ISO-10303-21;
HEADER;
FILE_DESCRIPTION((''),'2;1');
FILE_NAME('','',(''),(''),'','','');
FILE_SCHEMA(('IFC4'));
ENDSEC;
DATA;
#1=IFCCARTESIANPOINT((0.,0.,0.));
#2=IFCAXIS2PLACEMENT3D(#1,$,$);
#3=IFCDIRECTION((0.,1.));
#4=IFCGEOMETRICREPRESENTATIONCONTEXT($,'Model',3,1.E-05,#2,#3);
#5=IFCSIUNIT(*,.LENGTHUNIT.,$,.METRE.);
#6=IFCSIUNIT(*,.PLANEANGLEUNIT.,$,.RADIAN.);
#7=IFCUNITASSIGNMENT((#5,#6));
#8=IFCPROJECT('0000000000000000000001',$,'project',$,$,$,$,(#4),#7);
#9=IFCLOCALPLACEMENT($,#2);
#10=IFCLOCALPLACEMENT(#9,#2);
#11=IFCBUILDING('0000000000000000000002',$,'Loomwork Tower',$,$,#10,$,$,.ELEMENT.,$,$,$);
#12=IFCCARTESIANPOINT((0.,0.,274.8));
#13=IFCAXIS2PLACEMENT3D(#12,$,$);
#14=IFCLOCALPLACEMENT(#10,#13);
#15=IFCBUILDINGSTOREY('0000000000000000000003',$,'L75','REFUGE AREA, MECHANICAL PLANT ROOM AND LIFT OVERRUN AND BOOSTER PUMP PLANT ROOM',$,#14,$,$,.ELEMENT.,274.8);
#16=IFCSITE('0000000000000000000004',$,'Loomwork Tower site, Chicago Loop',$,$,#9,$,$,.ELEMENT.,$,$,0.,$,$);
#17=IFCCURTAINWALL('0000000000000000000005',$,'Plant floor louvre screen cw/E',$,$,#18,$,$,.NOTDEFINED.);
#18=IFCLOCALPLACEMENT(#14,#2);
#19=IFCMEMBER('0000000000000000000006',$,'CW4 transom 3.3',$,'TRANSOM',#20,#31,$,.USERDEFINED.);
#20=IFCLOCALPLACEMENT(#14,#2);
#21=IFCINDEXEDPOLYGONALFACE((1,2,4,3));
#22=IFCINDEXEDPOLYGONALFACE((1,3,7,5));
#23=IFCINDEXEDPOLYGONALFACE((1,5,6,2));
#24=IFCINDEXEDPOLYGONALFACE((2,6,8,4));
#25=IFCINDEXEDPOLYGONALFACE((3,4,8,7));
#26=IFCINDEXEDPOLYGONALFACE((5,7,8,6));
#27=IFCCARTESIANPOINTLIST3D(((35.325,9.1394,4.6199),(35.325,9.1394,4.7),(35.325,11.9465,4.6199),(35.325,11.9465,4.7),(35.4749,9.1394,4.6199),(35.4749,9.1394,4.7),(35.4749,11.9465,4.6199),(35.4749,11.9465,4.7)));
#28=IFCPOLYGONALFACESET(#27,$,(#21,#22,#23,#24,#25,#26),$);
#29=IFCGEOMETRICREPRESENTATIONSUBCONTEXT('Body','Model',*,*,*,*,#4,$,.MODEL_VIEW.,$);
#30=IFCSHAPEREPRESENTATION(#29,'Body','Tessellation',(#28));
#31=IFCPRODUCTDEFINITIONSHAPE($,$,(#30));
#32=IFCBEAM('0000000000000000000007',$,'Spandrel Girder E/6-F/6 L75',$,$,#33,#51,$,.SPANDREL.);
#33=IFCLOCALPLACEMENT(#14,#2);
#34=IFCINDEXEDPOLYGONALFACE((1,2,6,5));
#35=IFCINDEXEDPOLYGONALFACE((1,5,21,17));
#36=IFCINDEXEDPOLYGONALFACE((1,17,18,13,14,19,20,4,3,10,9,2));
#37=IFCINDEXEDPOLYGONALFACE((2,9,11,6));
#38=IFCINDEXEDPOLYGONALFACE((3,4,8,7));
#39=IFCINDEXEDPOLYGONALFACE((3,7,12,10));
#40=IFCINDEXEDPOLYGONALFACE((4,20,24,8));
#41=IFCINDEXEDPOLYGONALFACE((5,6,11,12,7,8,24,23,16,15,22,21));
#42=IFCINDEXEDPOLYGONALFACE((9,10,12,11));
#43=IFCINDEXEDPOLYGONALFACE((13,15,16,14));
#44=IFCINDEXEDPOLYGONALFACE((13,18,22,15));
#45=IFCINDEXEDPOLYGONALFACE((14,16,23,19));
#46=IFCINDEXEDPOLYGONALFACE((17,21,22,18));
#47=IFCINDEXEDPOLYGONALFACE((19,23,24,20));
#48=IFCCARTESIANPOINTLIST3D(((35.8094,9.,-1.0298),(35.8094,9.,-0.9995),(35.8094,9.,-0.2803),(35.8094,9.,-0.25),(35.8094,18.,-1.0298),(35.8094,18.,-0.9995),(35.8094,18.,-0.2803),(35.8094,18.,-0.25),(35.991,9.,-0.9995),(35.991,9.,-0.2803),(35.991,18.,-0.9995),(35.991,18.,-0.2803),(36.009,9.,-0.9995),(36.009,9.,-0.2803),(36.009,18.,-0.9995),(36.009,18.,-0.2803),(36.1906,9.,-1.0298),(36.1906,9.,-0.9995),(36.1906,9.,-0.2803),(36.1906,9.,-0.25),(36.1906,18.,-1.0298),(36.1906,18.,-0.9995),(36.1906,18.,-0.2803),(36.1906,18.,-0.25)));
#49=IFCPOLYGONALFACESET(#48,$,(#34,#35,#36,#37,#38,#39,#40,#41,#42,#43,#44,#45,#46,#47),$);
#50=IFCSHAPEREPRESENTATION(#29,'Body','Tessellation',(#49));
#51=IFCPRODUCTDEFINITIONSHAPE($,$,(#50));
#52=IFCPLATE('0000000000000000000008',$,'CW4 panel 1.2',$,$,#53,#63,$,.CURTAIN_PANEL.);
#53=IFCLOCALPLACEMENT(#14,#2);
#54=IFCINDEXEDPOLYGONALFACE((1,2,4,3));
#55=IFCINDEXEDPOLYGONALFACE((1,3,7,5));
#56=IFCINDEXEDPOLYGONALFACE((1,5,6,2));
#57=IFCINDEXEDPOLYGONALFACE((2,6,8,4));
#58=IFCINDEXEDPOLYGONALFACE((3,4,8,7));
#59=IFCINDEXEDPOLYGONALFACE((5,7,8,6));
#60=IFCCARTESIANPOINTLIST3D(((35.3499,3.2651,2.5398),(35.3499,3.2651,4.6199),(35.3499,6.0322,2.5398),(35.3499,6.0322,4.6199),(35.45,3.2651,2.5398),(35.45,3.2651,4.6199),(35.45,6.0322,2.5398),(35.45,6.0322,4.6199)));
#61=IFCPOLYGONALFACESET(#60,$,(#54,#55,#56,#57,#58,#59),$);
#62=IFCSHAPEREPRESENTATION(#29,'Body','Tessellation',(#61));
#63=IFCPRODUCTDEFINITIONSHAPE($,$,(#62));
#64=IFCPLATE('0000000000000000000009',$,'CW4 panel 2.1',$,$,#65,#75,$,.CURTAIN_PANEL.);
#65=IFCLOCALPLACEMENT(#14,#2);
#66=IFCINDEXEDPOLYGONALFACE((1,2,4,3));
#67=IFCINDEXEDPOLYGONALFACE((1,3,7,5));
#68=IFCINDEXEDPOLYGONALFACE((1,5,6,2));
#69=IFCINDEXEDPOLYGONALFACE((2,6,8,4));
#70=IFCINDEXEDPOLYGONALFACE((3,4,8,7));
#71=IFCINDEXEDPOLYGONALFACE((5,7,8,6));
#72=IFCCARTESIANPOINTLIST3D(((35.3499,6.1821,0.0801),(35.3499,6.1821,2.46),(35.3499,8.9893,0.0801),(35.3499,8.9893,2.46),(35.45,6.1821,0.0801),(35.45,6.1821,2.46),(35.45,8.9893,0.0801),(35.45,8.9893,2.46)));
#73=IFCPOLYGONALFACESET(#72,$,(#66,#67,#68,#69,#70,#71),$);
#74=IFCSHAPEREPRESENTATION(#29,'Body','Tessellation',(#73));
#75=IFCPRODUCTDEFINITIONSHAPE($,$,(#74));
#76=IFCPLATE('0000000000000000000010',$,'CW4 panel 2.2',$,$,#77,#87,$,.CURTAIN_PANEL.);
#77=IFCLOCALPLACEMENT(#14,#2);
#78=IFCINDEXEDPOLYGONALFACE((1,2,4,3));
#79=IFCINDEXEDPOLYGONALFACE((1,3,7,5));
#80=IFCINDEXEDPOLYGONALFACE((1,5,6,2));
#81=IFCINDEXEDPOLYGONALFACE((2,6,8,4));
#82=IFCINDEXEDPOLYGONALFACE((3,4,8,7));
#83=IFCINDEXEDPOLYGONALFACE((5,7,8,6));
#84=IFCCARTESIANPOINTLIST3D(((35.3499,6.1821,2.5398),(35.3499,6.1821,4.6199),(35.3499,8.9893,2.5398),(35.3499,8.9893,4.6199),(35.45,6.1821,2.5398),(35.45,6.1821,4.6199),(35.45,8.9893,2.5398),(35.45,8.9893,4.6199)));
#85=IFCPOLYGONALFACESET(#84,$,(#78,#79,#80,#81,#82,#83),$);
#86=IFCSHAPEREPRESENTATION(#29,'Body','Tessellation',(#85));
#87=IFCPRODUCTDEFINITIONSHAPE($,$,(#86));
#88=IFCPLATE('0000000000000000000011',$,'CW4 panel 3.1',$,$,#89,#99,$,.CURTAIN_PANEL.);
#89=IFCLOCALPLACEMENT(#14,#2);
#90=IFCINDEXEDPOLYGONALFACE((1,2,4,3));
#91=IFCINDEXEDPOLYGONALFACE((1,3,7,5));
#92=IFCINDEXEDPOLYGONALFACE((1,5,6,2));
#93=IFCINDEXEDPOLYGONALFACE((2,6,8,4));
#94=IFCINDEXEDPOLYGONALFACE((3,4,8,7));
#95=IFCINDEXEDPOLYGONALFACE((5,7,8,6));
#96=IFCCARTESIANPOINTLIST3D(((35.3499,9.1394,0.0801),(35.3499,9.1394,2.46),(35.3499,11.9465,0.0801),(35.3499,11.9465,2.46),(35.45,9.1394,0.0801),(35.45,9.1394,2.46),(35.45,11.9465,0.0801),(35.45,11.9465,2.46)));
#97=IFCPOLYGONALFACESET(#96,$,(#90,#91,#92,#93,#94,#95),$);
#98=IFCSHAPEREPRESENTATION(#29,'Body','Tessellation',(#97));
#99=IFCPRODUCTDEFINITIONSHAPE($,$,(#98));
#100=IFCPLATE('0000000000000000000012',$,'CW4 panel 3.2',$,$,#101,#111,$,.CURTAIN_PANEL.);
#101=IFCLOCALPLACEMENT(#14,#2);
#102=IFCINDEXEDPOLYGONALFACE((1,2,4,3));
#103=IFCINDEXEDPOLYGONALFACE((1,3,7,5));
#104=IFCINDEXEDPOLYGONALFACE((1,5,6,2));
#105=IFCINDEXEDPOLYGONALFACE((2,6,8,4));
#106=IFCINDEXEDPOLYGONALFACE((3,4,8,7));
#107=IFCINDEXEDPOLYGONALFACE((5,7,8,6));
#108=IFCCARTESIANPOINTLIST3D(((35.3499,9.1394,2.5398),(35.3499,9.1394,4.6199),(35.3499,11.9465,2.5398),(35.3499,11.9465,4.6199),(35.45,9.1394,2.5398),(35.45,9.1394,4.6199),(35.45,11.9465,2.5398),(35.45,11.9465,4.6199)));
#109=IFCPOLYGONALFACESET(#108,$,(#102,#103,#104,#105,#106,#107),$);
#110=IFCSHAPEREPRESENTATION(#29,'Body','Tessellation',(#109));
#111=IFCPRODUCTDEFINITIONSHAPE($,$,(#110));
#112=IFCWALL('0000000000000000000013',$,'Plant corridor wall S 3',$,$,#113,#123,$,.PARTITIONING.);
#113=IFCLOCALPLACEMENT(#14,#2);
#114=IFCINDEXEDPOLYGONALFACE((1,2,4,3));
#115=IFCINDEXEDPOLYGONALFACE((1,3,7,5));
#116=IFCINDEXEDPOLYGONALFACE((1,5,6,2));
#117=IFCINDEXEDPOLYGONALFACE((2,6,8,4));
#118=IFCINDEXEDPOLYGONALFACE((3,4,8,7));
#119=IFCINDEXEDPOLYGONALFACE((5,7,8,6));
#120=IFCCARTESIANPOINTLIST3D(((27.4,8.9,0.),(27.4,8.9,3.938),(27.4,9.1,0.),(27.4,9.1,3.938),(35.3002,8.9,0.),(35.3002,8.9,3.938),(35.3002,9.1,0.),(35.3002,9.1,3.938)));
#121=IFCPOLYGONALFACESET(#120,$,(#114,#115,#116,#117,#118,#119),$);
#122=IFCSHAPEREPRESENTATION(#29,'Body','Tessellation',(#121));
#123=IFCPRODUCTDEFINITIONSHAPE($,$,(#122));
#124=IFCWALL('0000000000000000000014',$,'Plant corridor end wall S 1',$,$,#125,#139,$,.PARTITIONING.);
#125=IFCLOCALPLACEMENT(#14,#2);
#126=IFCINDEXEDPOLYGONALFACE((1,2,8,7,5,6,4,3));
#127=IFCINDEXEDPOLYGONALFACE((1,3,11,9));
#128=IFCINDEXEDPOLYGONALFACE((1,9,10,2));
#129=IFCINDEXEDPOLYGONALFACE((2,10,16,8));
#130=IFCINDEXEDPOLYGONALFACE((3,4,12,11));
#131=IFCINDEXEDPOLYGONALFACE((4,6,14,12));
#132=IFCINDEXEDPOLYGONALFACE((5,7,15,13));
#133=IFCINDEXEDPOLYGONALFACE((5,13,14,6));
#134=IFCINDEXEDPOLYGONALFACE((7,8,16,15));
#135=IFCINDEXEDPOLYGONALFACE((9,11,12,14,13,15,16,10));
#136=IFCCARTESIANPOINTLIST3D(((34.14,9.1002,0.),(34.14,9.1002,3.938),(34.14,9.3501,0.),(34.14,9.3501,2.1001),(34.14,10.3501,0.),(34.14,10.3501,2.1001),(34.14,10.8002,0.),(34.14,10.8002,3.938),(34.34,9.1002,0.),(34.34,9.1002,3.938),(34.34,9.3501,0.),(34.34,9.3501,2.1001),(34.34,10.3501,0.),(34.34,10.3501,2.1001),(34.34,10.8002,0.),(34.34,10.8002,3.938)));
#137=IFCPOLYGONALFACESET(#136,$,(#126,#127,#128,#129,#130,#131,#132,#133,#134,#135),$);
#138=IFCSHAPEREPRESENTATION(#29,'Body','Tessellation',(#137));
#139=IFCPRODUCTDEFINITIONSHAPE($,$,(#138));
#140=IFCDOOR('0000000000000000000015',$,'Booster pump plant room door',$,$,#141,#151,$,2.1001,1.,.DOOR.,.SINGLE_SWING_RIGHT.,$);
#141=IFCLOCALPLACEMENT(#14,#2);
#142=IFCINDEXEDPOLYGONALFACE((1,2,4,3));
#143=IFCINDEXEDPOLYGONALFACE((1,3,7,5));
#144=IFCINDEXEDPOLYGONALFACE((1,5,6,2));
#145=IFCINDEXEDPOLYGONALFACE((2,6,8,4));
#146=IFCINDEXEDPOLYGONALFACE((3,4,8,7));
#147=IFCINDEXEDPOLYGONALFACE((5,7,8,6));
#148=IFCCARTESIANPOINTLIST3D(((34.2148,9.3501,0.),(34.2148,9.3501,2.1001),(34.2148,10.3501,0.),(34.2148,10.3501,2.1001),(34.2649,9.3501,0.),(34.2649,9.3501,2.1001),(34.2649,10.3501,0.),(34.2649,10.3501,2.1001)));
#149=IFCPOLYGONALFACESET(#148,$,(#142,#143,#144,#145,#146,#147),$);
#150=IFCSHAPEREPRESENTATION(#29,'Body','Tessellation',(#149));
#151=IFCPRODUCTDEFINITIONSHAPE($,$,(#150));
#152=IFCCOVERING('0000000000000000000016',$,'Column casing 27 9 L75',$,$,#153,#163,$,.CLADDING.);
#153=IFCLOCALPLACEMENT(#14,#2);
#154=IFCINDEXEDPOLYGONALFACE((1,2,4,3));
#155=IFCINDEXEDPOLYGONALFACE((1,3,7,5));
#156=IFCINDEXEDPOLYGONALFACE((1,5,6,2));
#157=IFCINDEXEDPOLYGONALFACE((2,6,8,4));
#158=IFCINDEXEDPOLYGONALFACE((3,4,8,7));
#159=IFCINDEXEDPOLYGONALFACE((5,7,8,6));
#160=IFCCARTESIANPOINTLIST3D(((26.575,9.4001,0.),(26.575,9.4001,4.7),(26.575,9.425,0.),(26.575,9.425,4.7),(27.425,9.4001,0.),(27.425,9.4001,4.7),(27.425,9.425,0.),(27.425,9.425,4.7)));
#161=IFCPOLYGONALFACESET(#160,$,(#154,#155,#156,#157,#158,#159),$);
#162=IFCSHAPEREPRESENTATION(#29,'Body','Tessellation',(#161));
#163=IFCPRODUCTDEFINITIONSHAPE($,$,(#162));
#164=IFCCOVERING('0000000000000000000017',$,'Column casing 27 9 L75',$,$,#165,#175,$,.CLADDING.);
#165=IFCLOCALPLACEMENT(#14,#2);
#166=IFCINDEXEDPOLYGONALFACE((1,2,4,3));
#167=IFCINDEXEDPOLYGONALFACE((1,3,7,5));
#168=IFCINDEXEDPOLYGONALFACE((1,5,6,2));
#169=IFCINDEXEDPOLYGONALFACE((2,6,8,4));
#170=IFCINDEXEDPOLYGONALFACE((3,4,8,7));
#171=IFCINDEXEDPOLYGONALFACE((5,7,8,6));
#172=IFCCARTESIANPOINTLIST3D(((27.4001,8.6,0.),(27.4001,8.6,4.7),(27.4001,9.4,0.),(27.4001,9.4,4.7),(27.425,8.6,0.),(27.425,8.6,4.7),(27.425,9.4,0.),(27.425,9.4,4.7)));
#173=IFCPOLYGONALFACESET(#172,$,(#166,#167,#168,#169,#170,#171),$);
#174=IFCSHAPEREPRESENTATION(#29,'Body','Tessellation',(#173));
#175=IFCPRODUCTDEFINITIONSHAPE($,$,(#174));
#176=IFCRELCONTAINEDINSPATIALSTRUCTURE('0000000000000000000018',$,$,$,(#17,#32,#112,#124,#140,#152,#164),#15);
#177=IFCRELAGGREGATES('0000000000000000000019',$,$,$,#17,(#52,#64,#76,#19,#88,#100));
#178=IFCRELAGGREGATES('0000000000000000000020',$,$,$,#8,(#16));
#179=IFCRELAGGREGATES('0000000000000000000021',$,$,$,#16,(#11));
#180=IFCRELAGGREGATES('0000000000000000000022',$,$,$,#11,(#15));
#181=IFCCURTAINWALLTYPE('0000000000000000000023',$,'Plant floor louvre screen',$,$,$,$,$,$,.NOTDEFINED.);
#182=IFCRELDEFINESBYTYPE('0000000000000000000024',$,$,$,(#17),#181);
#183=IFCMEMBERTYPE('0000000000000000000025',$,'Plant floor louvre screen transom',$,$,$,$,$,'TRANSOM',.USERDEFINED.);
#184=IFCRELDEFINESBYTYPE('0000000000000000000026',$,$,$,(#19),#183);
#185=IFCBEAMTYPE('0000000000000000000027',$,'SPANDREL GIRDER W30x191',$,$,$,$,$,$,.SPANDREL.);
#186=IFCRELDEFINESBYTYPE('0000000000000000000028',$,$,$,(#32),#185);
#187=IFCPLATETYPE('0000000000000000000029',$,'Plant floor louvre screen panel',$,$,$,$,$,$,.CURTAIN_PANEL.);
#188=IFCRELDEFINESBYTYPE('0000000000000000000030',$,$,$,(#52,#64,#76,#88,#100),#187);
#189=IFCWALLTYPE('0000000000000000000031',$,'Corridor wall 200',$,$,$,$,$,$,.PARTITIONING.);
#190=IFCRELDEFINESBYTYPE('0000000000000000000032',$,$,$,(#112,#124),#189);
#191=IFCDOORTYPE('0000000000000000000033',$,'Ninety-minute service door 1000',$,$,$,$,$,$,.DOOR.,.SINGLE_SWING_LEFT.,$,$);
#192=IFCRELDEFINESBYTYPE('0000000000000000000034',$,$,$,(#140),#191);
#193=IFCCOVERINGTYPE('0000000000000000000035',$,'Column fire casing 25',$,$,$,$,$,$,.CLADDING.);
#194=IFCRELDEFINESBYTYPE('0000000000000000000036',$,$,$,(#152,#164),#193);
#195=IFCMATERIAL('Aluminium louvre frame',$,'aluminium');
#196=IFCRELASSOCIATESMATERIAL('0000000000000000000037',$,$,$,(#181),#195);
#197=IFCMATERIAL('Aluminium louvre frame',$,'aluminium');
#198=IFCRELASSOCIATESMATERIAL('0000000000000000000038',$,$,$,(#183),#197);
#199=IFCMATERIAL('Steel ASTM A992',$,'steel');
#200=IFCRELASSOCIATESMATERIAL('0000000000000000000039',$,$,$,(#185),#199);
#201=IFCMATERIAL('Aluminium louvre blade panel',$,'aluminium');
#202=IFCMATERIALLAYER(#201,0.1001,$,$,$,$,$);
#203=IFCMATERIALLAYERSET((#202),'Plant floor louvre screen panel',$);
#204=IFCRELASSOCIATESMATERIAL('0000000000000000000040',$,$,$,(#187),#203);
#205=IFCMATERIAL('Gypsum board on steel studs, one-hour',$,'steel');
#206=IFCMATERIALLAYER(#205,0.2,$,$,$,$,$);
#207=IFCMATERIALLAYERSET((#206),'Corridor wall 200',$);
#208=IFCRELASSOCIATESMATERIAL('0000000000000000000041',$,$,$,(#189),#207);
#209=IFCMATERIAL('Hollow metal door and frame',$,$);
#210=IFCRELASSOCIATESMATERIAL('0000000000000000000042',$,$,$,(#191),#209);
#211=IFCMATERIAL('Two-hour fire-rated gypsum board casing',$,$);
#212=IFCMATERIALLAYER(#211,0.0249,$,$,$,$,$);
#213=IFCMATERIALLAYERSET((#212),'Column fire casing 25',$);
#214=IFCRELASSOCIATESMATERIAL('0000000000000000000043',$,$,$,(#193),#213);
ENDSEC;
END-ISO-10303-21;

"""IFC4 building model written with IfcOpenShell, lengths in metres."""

from ifc_helpers import new_model, si_unit, direction, frame, frame_2d, origin, origin_2d, place, context, subcontext, project, spatial, rectangle, i_section, extrude, material, layer, layer_set, material_profile, profile_set, type_object, element, fill, aggregate, save


model = new_model("IFC4")

# Units and contexts
model_context = context("Model", 3, precision=1e-05, world=origin(), true_north=direction((0.0, 1.0)))
body_context = subcontext(model_context, "Body", "Model", "MODEL_VIEW")
ifc_project = project(units=[si_unit("LENGTHUNIT", "METRE"), si_unit("PLANEANGLEUNIT", "RADIAN")], contexts=[model_context])

# Site, building, storey
site_placement = place(None, origin())
site = spatial("IfcSite", under=ifc_project, at=site_placement, Name="Loomwork Tower site, Chicago Loop", CompositionType="ELEMENT", RefElevation=0.0)
building_placement = place(site_placement, origin())
building = spatial("IfcBuilding", under=site, at=building_placement, Name="Loomwork Tower", CompositionType="ELEMENT")
storey_placement = place(building_placement, frame((0.0, 0.0, 274.8)))
storey = spatial("IfcBuildingStorey", under=building, at=storey_placement, Name="L75", Description="REFUGE AREA, MECHANICAL PLANT ROOM AND LIFT OVERRUN AND BOOSTER PUMP PLANT ROOM", CompositionType="ELEMENT", Elevation=274.8)

# Curtain wall, member
ifc_material_1 = material(Name="Aluminium louvre frame", Category="aluminium")
curtain_wall_type = type_object("IfcCurtainWallType", Name="Plant floor louvre screen", PredefinedType="NOTDEFINED", material=ifc_material_1)
curtain_wall_placement = place(storey_placement, origin())
curtain_wall = element("IfcCurtainWall", 1, at=curtain_wall_placement, inside=storey, type_object=curtain_wall_type, Name="Plant floor louvre screen cw/E", PredefinedType="NOTDEFINED")
ifc_material_2 = material(Name="Aluminium louvre frame", Category="aluminium")
ifc_material_profile_1 = material_profile(ifc_material_2, rectangle(XDim=0.1499, YDim=0.0801, at=origin_2d()), Name="AL 80x150")
ifc_profile_set_1 = profile_set([ifc_material_profile_1], Name="Aluminium louvre frame")
member_type_1 = type_object("IfcMemberType", Name="Plant floor louvre screen transom", ElementType="TRANSOM", PredefinedType="USERDEFINED", material=ifc_profile_set_1)
member_1_placement = place(storey_placement, frame((35.3999, 9.1394, 4.6599), z_axis=(0.0, 1.0, 0.0), x_axis=(-1.0, 0.0, 0.0)))
member_1 = element("IfcMember", 2, at=member_1_placement, type_object=member_type_1, Name="CW4 transom 3.3", ObjectType="TRANSOM", PredefinedType="USERDEFINED", context=body_context, shape_type="SweptSolid", body=[
    extrude(rectangle(XDim=0.1499, YDim=0.0801, at=origin_2d()), origin(), (0.0, 0.0, 1.0), 2.8071),
])

# Beam
ifc_material_3 = material(Name="Steel ASTM A992", Category="steel")
ifc_material_profile_2 = material_profile(ifc_material_3, i_section(OverallWidth=0.3811, OverallDepth=0.7798, WebThickness=0.0181, FlangeThickness=0.0303, at=origin_2d()), Name="W30x191")
ifc_profile_set_2 = profile_set([ifc_material_profile_2], Name="Steel ASTM A992")
beam_type_1 = type_object("IfcBeamType", Name="SPANDREL GIRDER W30x191", PredefinedType="SPANDREL", material=ifc_profile_set_2)
beam_1_placement = place(storey_placement, frame((36.0, 9.0, -0.6399), z_axis=(0.0, 1.0, 0.0), x_axis=(-1.0, 0.0, 0.0)))
element("IfcBeam", 3, at=beam_1_placement, inside=storey, type_object=beam_type_1, Name="Spandrel Girder E/6-F/6 L75", PredefinedType="SPANDREL", context=body_context, shape_type="SweptSolid", body=[
    extrude(i_section(OverallWidth=0.3811, OverallDepth=0.7798, WebThickness=0.0181, FlangeThickness=0.0303, at=origin_2d()), origin(), (0.0, 0.0, 1.0), 9.0),
])

# Plates
ifc_material_4 = material(Name="Aluminium louvre blade panel", Category="aluminium")
ifc_layer_1 = layer(ifc_material_4, 0.1001)
ifc_layer_set_1 = layer_set([ifc_layer_1], Name="Plant floor louvre screen panel")
plate_type = type_object("IfcPlateType", Name="Plant floor louvre screen panel", PredefinedType="CURTAIN_PANEL", material=ifc_layer_set_1)
plate_1_placement = place(storey_placement, frame((35.3999, 4.6487, 2.5398), z_axis=(0.0, 0.0, 1.0), x_axis=(0.0, 1.0, 0.0)))
plate_1 = element("IfcPlate", 4, at=plate_1_placement, type_object=plate_type, Name="CW4 panel 1.2", PredefinedType="CURTAIN_PANEL", context=body_context, shape_type="SweptSolid", body=[
    extrude(rectangle(XDim=2.7671, YDim=0.1001, at=origin_2d()), origin(), (0.0, 0.0, 1.0), 2.0801),
])
plate_2_placement = place(storey_placement, frame((35.3999, 7.5857, 0.0801), z_axis=(0.0, 0.0, 1.0), x_axis=(0.0, 1.0, 0.0)))
plate_2 = element("IfcPlate", 5, at=plate_2_placement, type_object=plate_type, Name="CW4 panel 2.1", PredefinedType="CURTAIN_PANEL", context=body_context, shape_type="SweptSolid", body=[
    extrude(rectangle(XDim=2.8071, YDim=0.1001, at=origin_2d()), origin(), (0.0, 0.0, 1.0), 2.3799),
])
plate_3_placement = place(storey_placement, frame((35.3999, 7.5857, 2.5398), z_axis=(0.0, 0.0, 1.0), x_axis=(0.0, 1.0, 0.0)))
plate_3 = element("IfcPlate", 6, at=plate_3_placement, type_object=plate_type, Name="CW4 panel 2.2", PredefinedType="CURTAIN_PANEL", context=body_context, shape_type="SweptSolid", body=[
    extrude(rectangle(XDim=2.8071, YDim=0.1001, at=origin_2d()), origin(), (0.0, 0.0, 1.0), 2.0801),
])
plate_4_placement = place(storey_placement, frame((35.3999, 10.543, 0.0801), z_axis=(0.0, 0.0, 1.0), x_axis=(0.0, 1.0, 0.0)))
plate_4 = element("IfcPlate", 7, at=plate_4_placement, type_object=plate_type, Name="CW4 panel 3.1", PredefinedType="CURTAIN_PANEL", context=body_context, shape_type="SweptSolid", body=[
    extrude(rectangle(XDim=2.8071, YDim=0.1001, at=origin_2d()), origin(), (0.0, 0.0, 1.0), 2.3799),
])
plate_5_placement = place(storey_placement, frame((35.3999, 10.543, 2.5398), z_axis=(0.0, 0.0, 1.0), x_axis=(0.0, 1.0, 0.0)))
plate_5 = element("IfcPlate", 8, at=plate_5_placement, type_object=plate_type, Name="CW4 panel 3.2", PredefinedType="CURTAIN_PANEL", context=body_context, shape_type="SweptSolid", body=[
    extrude(rectangle(XDim=2.8071, YDim=0.1001, at=origin_2d()), origin(), (0.0, 0.0, 1.0), 2.0801),
])
aggregate(curtain_wall, [plate_1, plate_2, plate_3, member_1, plate_4, plate_5])

# Wall
ifc_material_5 = material(Name="Gypsum board on steel studs, one-hour", Category="steel")
ifc_layer_2 = layer(ifc_material_5, 0.2)
ifc_layer_set_2 = layer_set([ifc_layer_2], Name="Corridor wall 200")
wall_type = type_object("IfcWallType", Name="Corridor wall 200", PredefinedType="PARTITIONING", material=ifc_layer_set_2)
wall_1_placement = place(storey_placement, frame((27.3999, 9.0, 0.0), z_axis=(0.0, 0.0, 1.0), x_axis=(1.0, 0.0, 0.0)))
element("IfcWall", 9, at=wall_1_placement, inside=storey, type_object=wall_type, Name="Plant corridor wall S 3", PredefinedType="PARTITIONING", context=body_context, shape_type="SweptSolid", body=[
    extrude(rectangle(XDim=7.9001, YDim=0.2, at=frame_2d((3.9502, 0.0))), origin(), (0.0, 0.0, 1.0), 3.938),
])

# Wall, opening, door
wall_2_placement = place(storey_placement, frame((34.24, 9.1001, 0.0), z_axis=(0.0, 0.0, 1.0), x_axis=(0.0, 1.0, 0.0)))
wall_2 = element("IfcWall", 10, at=wall_2_placement, inside=storey, type_object=wall_type, Name="Plant corridor end wall S 1", PredefinedType="PARTITIONING", context=body_context, shape_type="SweptSolid", body=[
    extrude(rectangle(XDim=1.7, YDim=0.2, at=frame_2d((0.8501, 0.0))), origin(), (0.0, 0.0, 1.0), 3.938),
])
opening_placement = place(wall_2_placement, frame((0.25, 0.0, 0.0)))
opening = element("IfcOpeningElement", 11, at=opening_placement, cuts=wall_2, PredefinedType="OPENING", context=body_context, shape_type="SweptSolid", body=[
    extrude(rectangle(XDim=1.0, YDim=2.1001, at=frame_2d((0.5, 1.05))), frame((0.0, 0.1099, 0.0), z_axis=(0.0, -1.0, 0.0), x_axis=(1.0, 0.0, 0.0)), (0.0, 0.0, 1.0), 0.22),
])
ifc_material_6 = material(Name="Hollow metal door and frame")
door_type = type_object("IfcDoorType", Name="Ninety-minute service door 1000", OperationType="SINGLE_SWING_LEFT", PredefinedType="DOOR", material=ifc_material_6)
door_placement = place(opening_placement, frame((1.0, 0.0, 0.0), z_axis=(0.0, 0.0, 1.0), x_axis=(-1.0, 0.0, 0.0)))
door = element("IfcDoor", 12, at=door_placement, inside=storey, type_object=door_type, Name="Booster pump plant room door", OperationType="SINGLE_SWING_RIGHT", OverallHeight=2.1001, OverallWidth=1.0, PredefinedType="DOOR", context=body_context, shape_type="SweptSolid", body=[
    extrude(rectangle(XDim=1.0, YDim=2.1001, at=frame_2d((0.5, 1.05))), frame((0.0, 0.0249, 0.0), z_axis=(0.0, -1.0, 0.0), x_axis=(1.0, 0.0, 0.0)), (0.0, 0.0, 1.0), 0.05),
])
fill(opening, door)

# Coverings
ifc_material_7 = material(Name="Two-hour fire-rated gypsum board casing")
ifc_layer_3 = layer(ifc_material_7, 0.0249)
ifc_layer_set_3 = layer_set([ifc_layer_3], Name="Column fire casing 25")
covering_type_1 = type_object("IfcCoveringType", Name="Column fire casing 25", PredefinedType="CLADDING", material=ifc_layer_set_3)
covering_1_placement = place(storey_placement, frame((27.0, 9.4126, 0.0), z_axis=(0.0, 0.0, 1.0), x_axis=(1.0, 0.0, 0.0)))
element("IfcCovering", 13, at=covering_1_placement, inside=storey, type_object=covering_type_1, Name="Column casing 27 9 L75", PredefinedType="CLADDING", context=body_context, shape_type="SweptSolid", body=[
    extrude(rectangle(XDim=0.8501, YDim=0.0249, at=origin_2d()), origin(), (0.0, 0.0, 1.0), 4.7),
])
covering_2_placement = place(storey_placement, frame((27.4126, 9.0, 0.0), z_axis=(0.0, 0.0, 1.0), x_axis=(1.0, 0.0, 0.0)))
element("IfcCovering", 14, at=covering_2_placement, inside=storey, type_object=covering_type_1, Name="Column casing 27 9 L75", PredefinedType="CLADDING", context=body_context, shape_type="SweptSolid", body=[
    extrude(rectangle(XDim=0.0249, YDim=0.8, at=origin_2d()), origin(), (0.0, 0.0, 1.0), 4.7),
])

save(model, "model.ifc")
